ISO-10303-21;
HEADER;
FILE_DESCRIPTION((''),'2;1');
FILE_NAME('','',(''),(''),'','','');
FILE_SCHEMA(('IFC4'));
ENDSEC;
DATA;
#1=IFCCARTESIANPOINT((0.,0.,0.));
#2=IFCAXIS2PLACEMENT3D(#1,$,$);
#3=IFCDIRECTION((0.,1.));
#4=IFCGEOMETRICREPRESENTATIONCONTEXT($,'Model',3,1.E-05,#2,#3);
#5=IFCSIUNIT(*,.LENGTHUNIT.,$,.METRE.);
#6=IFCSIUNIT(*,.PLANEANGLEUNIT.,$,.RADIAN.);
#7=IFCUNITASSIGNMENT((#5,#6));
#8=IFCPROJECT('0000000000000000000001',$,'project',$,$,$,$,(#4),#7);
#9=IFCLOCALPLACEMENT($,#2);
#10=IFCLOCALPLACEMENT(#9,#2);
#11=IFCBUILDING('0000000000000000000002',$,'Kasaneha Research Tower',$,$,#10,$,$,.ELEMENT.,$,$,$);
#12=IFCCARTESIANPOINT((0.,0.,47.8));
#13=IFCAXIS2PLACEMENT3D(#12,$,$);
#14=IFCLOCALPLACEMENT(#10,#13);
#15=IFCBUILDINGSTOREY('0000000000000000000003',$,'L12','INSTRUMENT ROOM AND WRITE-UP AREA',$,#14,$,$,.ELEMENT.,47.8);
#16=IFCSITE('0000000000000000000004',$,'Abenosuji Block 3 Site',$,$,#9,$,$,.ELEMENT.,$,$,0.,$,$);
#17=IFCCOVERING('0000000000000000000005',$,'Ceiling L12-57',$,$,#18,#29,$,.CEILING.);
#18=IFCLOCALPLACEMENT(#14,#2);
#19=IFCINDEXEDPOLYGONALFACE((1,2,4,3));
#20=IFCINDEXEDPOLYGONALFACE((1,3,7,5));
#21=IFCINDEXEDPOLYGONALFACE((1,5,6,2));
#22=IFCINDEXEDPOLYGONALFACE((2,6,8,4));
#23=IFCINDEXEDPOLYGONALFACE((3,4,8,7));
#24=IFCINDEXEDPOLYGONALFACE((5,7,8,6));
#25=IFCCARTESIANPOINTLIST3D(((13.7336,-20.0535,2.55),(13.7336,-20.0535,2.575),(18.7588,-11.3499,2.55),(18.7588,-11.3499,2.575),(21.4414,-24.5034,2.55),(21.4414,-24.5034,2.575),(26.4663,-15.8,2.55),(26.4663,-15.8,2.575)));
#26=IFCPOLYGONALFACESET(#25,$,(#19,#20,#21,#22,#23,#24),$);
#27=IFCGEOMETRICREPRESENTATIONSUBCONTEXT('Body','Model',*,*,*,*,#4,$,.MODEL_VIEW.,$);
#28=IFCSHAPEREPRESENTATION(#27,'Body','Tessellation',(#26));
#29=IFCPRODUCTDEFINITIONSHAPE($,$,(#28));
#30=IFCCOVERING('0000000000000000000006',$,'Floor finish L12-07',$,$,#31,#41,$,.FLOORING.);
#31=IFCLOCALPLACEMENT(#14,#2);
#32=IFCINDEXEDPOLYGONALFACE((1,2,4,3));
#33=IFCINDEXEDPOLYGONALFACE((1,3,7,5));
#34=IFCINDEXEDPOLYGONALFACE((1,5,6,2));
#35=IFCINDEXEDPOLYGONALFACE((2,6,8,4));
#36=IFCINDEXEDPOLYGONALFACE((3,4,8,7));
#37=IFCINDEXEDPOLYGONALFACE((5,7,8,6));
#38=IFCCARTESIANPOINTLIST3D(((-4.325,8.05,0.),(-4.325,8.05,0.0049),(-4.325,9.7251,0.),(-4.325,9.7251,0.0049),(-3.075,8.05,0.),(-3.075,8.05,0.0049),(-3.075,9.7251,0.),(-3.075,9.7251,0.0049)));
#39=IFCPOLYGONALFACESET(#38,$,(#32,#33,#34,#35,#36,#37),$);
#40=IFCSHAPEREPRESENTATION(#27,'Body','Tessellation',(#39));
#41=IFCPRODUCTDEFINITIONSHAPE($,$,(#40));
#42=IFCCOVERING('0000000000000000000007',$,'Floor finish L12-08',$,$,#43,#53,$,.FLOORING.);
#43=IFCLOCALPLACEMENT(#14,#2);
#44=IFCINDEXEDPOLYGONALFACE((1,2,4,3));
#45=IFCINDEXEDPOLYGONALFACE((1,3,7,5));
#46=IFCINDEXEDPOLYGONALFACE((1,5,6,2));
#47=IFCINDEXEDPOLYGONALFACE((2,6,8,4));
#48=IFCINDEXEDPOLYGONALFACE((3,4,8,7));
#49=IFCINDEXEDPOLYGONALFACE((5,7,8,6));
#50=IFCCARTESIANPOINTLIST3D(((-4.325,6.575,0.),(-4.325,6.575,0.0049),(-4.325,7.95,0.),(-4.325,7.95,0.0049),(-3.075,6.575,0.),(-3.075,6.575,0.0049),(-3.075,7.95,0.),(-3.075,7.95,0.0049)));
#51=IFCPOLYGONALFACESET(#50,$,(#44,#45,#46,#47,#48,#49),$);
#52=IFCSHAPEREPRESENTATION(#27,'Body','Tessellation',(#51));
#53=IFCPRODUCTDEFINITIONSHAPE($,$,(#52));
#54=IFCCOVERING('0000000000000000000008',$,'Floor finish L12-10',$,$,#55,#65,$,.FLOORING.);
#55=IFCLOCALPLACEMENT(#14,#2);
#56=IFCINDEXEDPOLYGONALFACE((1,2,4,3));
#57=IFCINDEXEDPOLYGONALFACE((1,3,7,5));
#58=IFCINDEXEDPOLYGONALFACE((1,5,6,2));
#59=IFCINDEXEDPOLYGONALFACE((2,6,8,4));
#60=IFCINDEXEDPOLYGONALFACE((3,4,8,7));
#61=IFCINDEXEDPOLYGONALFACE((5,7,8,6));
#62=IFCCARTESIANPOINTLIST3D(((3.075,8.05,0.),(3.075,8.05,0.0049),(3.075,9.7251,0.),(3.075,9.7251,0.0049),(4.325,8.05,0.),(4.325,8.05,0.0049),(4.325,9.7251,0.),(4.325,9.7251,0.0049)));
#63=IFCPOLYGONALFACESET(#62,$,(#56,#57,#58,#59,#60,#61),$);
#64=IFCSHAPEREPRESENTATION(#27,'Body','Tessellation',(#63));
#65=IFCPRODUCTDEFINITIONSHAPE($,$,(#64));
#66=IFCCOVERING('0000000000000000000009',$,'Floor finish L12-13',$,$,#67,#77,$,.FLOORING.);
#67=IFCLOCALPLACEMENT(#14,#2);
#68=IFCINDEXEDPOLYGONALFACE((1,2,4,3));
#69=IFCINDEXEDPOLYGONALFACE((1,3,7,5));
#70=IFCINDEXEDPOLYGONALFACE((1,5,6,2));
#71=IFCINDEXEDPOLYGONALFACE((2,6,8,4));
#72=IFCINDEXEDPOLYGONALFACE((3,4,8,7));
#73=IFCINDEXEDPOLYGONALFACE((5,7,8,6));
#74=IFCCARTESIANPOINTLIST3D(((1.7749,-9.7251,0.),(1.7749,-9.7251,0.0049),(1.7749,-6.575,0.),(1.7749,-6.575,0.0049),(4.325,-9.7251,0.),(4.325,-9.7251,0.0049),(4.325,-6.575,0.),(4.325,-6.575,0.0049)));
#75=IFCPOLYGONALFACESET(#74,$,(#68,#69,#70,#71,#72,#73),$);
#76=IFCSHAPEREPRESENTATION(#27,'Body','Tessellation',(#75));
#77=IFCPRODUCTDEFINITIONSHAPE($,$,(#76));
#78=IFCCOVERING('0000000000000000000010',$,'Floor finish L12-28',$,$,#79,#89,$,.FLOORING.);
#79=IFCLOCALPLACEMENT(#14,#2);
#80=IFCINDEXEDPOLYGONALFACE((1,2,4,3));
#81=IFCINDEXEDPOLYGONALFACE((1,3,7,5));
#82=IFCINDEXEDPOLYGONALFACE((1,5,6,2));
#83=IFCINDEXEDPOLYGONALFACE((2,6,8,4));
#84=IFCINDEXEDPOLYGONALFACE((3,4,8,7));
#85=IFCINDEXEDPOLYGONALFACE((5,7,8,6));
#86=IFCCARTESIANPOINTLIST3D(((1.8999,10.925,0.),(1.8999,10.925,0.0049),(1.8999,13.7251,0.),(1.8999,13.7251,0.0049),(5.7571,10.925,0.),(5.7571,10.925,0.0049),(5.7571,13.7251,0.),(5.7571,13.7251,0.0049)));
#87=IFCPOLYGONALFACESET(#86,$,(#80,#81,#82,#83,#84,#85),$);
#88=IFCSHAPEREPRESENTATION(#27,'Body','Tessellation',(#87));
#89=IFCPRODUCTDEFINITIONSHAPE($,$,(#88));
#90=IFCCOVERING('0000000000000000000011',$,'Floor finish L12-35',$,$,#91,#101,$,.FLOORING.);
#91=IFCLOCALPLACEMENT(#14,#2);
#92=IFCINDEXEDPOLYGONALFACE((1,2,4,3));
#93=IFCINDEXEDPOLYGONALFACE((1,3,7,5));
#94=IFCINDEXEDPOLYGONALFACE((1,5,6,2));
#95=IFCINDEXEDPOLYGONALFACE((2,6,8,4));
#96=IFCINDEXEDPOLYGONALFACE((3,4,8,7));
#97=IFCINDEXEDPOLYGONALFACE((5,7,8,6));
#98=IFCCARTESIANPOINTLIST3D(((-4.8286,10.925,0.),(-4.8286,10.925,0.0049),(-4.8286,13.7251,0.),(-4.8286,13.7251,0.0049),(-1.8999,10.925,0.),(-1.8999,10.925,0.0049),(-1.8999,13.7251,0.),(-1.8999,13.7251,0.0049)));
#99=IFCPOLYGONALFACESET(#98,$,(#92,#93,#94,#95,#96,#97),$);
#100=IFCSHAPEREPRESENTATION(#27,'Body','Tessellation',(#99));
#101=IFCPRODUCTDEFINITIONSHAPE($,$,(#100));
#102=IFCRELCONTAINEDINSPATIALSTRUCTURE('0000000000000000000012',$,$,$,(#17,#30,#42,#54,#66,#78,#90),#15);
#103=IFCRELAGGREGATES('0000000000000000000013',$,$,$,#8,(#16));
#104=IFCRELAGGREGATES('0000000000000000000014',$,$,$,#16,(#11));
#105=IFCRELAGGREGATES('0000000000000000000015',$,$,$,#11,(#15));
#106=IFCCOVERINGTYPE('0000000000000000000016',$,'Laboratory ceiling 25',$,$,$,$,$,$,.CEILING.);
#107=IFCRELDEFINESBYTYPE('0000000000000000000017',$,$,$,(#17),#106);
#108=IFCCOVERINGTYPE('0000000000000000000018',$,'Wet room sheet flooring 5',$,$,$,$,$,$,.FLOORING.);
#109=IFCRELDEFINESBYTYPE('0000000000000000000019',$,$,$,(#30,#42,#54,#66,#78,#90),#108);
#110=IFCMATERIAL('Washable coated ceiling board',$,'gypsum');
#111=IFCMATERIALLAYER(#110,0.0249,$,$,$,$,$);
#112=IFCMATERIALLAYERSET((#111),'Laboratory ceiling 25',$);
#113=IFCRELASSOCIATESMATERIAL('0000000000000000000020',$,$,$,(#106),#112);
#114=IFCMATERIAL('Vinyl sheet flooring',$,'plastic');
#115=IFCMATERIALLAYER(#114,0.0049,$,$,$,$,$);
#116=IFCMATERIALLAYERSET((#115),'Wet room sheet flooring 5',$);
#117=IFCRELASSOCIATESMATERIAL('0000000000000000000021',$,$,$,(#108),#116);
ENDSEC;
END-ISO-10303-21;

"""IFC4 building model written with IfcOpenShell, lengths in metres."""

from ifc_helpers import new_model, si_unit, direction, frame, origin, place, context, subcontext, project, spatial, polyline, outline, extrude, material, layer, layer_set, type_object, element, save


model = new_model("IFC4")

# Units and contexts
model_context = context("Model", 3, precision=1e-05, world=origin(), true_north=direction((0.0, 1.0)))
body_context = subcontext(model_context, "Body", "Model", "MODEL_VIEW")
ifc_project = project(units=[si_unit("LENGTHUNIT", "METRE"), si_unit("PLANEANGLEUNIT", "RADIAN")], contexts=[model_context])

# Site, building, storey
site_placement = place(None, origin())
site = spatial("IfcSite", under=ifc_project, at=site_placement, Name="Abenosuji Block 3 Site", CompositionType="ELEMENT", RefElevation=0.0)
building_placement = place(site_placement, origin())
building = spatial("IfcBuilding", under=site, at=building_placement, Name="Kasaneha Research Tower", CompositionType="ELEMENT")
storey_placement = place(building_placement, frame((0.0, 0.0, 47.8)))
storey = spatial("IfcBuildingStorey", under=building, at=storey_placement, Name="L12", Description="INSTRUMENT ROOM AND WRITE-UP AREA", CompositionType="ELEMENT", Elevation=47.8)

# Coverings
ifc_material_1 = material(Name="Washable coated ceiling board", Category="gypsum")
ifc_layer_1 = layer(ifc_material_1, 0.0249)
ifc_layer_set_1 = layer_set([ifc_layer_1], Name="Laboratory ceiling 25")
covering_type_1 = type_object("IfcCoveringType", Name="Laboratory ceiling 25", PredefinedType="CEILING", material=ifc_layer_set_1)
covering_1_placement = place(storey_placement, frame((0.0, 0.0, 2.55)))
element("IfcCovering", 1, at=covering_1_placement, inside=storey, type_object=covering_type_1, Name="Ceiling L12-57", PredefinedType="CEILING", context=body_context, shape_type="SweptSolid", body=[
    extrude(outline(polyline([(21.4414, -24.5034), (13.7336, -20.0535), (18.7588, -11.3499), (26.4663, -15.8), (21.4414, -24.5034)])), origin(), (0.0, 0.0, 1.0), 0.0249),
])
ifc_material_2 = material(Name="Vinyl sheet flooring", Category="plastic")
ifc_layer_2 = layer(ifc_material_2, 0.0049)
ifc_layer_set_2 = layer_set([ifc_layer_2], Name="Wet room sheet flooring 5")
covering_type_2 = type_object("IfcCoveringType", Name="Wet room sheet flooring 5", PredefinedType="FLOORING", material=ifc_layer_set_2)
covering_2_placement = place(storey_placement, origin())
element("IfcCovering", 2, at=covering_2_placement, inside=storey, type_object=covering_type_2, Name="Floor finish L12-07", PredefinedType="FLOORING", context=body_context, shape_type="SweptSolid", body=[
    extrude(outline(polyline([(-4.325, 8.05), (-4.325, 9.7251), (-3.075, 9.7251), (-3.075, 8.05), (-4.325, 8.05)])), origin(), (0.0, 0.0, 1.0), 0.0049),
])
covering_3_placement = place(storey_placement, origin())
element("IfcCovering", 3, at=covering_3_placement, inside=storey, type_object=covering_type_2, Name="Floor finish L12-08", PredefinedType="FLOORING", context=body_context, shape_type="SweptSolid", body=[
    extrude(outline(polyline([(-4.325, 6.575), (-4.325, 7.95), (-3.075, 7.95), (-3.075, 6.575), (-4.325, 6.575)])), origin(), (0.0, 0.0, 1.0), 0.0049),
])
covering_4_placement = place(storey_placement, origin())
element("IfcCovering", 4, at=covering_4_placement, inside=storey, type_object=covering_type_2, Name="Floor finish L12-10", PredefinedType="FLOORING", context=body_context, shape_type="SweptSolid", body=[
    extrude(outline(polyline([(4.325, 8.05), (3.075, 8.05), (3.075, 9.7251), (4.325, 9.7251), (4.325, 8.05)])), origin(), (0.0, 0.0, 1.0), 0.0049),
])
covering_5_placement = place(storey_placement, origin())
element("IfcCovering", 5, at=covering_5_placement, inside=storey, type_object=covering_type_2, Name="Floor finish L12-13", PredefinedType="FLOORING", context=body_context, shape_type="SweptSolid", body=[
    extrude(outline(polyline([(1.7749, -9.7251), (1.7749, -6.575), (4.325, -6.575), (4.325, -9.7251), (1.7749, -9.7251)])), origin(), (0.0, 0.0, 1.0), 0.0049),
])
covering_6_placement = place(storey_placement, origin())
element("IfcCovering", 6, at=covering_6_placement, inside=storey, type_object=covering_type_2, Name="Floor finish L12-28", PredefinedType="FLOORING", context=body_context, shape_type="SweptSolid", body=[
    extrude(outline(polyline([(1.8999, 13.7251), (5.7571, 13.7251), (5.7571, 10.925), (1.8999, 10.925), (1.8999, 13.7251)])), origin(), (0.0, 0.0, 1.0), 0.0049),
])
covering_7_placement = place(storey_placement, origin())
element("IfcCovering", 7, at=covering_7_placement, inside=storey, type_object=covering_type_2, Name="Floor finish L12-35", PredefinedType="FLOORING", context=body_context, shape_type="SweptSolid", body=[
    extrude(outline(polyline([(-4.8286, 10.925), (-4.8286, 13.7251), (-1.8999, 13.7251), (-1.8999, 10.925), (-4.8286, 10.925)])), origin(), (0.0, 0.0, 1.0), 0.0049),
])

save(model, "model.ifc")
